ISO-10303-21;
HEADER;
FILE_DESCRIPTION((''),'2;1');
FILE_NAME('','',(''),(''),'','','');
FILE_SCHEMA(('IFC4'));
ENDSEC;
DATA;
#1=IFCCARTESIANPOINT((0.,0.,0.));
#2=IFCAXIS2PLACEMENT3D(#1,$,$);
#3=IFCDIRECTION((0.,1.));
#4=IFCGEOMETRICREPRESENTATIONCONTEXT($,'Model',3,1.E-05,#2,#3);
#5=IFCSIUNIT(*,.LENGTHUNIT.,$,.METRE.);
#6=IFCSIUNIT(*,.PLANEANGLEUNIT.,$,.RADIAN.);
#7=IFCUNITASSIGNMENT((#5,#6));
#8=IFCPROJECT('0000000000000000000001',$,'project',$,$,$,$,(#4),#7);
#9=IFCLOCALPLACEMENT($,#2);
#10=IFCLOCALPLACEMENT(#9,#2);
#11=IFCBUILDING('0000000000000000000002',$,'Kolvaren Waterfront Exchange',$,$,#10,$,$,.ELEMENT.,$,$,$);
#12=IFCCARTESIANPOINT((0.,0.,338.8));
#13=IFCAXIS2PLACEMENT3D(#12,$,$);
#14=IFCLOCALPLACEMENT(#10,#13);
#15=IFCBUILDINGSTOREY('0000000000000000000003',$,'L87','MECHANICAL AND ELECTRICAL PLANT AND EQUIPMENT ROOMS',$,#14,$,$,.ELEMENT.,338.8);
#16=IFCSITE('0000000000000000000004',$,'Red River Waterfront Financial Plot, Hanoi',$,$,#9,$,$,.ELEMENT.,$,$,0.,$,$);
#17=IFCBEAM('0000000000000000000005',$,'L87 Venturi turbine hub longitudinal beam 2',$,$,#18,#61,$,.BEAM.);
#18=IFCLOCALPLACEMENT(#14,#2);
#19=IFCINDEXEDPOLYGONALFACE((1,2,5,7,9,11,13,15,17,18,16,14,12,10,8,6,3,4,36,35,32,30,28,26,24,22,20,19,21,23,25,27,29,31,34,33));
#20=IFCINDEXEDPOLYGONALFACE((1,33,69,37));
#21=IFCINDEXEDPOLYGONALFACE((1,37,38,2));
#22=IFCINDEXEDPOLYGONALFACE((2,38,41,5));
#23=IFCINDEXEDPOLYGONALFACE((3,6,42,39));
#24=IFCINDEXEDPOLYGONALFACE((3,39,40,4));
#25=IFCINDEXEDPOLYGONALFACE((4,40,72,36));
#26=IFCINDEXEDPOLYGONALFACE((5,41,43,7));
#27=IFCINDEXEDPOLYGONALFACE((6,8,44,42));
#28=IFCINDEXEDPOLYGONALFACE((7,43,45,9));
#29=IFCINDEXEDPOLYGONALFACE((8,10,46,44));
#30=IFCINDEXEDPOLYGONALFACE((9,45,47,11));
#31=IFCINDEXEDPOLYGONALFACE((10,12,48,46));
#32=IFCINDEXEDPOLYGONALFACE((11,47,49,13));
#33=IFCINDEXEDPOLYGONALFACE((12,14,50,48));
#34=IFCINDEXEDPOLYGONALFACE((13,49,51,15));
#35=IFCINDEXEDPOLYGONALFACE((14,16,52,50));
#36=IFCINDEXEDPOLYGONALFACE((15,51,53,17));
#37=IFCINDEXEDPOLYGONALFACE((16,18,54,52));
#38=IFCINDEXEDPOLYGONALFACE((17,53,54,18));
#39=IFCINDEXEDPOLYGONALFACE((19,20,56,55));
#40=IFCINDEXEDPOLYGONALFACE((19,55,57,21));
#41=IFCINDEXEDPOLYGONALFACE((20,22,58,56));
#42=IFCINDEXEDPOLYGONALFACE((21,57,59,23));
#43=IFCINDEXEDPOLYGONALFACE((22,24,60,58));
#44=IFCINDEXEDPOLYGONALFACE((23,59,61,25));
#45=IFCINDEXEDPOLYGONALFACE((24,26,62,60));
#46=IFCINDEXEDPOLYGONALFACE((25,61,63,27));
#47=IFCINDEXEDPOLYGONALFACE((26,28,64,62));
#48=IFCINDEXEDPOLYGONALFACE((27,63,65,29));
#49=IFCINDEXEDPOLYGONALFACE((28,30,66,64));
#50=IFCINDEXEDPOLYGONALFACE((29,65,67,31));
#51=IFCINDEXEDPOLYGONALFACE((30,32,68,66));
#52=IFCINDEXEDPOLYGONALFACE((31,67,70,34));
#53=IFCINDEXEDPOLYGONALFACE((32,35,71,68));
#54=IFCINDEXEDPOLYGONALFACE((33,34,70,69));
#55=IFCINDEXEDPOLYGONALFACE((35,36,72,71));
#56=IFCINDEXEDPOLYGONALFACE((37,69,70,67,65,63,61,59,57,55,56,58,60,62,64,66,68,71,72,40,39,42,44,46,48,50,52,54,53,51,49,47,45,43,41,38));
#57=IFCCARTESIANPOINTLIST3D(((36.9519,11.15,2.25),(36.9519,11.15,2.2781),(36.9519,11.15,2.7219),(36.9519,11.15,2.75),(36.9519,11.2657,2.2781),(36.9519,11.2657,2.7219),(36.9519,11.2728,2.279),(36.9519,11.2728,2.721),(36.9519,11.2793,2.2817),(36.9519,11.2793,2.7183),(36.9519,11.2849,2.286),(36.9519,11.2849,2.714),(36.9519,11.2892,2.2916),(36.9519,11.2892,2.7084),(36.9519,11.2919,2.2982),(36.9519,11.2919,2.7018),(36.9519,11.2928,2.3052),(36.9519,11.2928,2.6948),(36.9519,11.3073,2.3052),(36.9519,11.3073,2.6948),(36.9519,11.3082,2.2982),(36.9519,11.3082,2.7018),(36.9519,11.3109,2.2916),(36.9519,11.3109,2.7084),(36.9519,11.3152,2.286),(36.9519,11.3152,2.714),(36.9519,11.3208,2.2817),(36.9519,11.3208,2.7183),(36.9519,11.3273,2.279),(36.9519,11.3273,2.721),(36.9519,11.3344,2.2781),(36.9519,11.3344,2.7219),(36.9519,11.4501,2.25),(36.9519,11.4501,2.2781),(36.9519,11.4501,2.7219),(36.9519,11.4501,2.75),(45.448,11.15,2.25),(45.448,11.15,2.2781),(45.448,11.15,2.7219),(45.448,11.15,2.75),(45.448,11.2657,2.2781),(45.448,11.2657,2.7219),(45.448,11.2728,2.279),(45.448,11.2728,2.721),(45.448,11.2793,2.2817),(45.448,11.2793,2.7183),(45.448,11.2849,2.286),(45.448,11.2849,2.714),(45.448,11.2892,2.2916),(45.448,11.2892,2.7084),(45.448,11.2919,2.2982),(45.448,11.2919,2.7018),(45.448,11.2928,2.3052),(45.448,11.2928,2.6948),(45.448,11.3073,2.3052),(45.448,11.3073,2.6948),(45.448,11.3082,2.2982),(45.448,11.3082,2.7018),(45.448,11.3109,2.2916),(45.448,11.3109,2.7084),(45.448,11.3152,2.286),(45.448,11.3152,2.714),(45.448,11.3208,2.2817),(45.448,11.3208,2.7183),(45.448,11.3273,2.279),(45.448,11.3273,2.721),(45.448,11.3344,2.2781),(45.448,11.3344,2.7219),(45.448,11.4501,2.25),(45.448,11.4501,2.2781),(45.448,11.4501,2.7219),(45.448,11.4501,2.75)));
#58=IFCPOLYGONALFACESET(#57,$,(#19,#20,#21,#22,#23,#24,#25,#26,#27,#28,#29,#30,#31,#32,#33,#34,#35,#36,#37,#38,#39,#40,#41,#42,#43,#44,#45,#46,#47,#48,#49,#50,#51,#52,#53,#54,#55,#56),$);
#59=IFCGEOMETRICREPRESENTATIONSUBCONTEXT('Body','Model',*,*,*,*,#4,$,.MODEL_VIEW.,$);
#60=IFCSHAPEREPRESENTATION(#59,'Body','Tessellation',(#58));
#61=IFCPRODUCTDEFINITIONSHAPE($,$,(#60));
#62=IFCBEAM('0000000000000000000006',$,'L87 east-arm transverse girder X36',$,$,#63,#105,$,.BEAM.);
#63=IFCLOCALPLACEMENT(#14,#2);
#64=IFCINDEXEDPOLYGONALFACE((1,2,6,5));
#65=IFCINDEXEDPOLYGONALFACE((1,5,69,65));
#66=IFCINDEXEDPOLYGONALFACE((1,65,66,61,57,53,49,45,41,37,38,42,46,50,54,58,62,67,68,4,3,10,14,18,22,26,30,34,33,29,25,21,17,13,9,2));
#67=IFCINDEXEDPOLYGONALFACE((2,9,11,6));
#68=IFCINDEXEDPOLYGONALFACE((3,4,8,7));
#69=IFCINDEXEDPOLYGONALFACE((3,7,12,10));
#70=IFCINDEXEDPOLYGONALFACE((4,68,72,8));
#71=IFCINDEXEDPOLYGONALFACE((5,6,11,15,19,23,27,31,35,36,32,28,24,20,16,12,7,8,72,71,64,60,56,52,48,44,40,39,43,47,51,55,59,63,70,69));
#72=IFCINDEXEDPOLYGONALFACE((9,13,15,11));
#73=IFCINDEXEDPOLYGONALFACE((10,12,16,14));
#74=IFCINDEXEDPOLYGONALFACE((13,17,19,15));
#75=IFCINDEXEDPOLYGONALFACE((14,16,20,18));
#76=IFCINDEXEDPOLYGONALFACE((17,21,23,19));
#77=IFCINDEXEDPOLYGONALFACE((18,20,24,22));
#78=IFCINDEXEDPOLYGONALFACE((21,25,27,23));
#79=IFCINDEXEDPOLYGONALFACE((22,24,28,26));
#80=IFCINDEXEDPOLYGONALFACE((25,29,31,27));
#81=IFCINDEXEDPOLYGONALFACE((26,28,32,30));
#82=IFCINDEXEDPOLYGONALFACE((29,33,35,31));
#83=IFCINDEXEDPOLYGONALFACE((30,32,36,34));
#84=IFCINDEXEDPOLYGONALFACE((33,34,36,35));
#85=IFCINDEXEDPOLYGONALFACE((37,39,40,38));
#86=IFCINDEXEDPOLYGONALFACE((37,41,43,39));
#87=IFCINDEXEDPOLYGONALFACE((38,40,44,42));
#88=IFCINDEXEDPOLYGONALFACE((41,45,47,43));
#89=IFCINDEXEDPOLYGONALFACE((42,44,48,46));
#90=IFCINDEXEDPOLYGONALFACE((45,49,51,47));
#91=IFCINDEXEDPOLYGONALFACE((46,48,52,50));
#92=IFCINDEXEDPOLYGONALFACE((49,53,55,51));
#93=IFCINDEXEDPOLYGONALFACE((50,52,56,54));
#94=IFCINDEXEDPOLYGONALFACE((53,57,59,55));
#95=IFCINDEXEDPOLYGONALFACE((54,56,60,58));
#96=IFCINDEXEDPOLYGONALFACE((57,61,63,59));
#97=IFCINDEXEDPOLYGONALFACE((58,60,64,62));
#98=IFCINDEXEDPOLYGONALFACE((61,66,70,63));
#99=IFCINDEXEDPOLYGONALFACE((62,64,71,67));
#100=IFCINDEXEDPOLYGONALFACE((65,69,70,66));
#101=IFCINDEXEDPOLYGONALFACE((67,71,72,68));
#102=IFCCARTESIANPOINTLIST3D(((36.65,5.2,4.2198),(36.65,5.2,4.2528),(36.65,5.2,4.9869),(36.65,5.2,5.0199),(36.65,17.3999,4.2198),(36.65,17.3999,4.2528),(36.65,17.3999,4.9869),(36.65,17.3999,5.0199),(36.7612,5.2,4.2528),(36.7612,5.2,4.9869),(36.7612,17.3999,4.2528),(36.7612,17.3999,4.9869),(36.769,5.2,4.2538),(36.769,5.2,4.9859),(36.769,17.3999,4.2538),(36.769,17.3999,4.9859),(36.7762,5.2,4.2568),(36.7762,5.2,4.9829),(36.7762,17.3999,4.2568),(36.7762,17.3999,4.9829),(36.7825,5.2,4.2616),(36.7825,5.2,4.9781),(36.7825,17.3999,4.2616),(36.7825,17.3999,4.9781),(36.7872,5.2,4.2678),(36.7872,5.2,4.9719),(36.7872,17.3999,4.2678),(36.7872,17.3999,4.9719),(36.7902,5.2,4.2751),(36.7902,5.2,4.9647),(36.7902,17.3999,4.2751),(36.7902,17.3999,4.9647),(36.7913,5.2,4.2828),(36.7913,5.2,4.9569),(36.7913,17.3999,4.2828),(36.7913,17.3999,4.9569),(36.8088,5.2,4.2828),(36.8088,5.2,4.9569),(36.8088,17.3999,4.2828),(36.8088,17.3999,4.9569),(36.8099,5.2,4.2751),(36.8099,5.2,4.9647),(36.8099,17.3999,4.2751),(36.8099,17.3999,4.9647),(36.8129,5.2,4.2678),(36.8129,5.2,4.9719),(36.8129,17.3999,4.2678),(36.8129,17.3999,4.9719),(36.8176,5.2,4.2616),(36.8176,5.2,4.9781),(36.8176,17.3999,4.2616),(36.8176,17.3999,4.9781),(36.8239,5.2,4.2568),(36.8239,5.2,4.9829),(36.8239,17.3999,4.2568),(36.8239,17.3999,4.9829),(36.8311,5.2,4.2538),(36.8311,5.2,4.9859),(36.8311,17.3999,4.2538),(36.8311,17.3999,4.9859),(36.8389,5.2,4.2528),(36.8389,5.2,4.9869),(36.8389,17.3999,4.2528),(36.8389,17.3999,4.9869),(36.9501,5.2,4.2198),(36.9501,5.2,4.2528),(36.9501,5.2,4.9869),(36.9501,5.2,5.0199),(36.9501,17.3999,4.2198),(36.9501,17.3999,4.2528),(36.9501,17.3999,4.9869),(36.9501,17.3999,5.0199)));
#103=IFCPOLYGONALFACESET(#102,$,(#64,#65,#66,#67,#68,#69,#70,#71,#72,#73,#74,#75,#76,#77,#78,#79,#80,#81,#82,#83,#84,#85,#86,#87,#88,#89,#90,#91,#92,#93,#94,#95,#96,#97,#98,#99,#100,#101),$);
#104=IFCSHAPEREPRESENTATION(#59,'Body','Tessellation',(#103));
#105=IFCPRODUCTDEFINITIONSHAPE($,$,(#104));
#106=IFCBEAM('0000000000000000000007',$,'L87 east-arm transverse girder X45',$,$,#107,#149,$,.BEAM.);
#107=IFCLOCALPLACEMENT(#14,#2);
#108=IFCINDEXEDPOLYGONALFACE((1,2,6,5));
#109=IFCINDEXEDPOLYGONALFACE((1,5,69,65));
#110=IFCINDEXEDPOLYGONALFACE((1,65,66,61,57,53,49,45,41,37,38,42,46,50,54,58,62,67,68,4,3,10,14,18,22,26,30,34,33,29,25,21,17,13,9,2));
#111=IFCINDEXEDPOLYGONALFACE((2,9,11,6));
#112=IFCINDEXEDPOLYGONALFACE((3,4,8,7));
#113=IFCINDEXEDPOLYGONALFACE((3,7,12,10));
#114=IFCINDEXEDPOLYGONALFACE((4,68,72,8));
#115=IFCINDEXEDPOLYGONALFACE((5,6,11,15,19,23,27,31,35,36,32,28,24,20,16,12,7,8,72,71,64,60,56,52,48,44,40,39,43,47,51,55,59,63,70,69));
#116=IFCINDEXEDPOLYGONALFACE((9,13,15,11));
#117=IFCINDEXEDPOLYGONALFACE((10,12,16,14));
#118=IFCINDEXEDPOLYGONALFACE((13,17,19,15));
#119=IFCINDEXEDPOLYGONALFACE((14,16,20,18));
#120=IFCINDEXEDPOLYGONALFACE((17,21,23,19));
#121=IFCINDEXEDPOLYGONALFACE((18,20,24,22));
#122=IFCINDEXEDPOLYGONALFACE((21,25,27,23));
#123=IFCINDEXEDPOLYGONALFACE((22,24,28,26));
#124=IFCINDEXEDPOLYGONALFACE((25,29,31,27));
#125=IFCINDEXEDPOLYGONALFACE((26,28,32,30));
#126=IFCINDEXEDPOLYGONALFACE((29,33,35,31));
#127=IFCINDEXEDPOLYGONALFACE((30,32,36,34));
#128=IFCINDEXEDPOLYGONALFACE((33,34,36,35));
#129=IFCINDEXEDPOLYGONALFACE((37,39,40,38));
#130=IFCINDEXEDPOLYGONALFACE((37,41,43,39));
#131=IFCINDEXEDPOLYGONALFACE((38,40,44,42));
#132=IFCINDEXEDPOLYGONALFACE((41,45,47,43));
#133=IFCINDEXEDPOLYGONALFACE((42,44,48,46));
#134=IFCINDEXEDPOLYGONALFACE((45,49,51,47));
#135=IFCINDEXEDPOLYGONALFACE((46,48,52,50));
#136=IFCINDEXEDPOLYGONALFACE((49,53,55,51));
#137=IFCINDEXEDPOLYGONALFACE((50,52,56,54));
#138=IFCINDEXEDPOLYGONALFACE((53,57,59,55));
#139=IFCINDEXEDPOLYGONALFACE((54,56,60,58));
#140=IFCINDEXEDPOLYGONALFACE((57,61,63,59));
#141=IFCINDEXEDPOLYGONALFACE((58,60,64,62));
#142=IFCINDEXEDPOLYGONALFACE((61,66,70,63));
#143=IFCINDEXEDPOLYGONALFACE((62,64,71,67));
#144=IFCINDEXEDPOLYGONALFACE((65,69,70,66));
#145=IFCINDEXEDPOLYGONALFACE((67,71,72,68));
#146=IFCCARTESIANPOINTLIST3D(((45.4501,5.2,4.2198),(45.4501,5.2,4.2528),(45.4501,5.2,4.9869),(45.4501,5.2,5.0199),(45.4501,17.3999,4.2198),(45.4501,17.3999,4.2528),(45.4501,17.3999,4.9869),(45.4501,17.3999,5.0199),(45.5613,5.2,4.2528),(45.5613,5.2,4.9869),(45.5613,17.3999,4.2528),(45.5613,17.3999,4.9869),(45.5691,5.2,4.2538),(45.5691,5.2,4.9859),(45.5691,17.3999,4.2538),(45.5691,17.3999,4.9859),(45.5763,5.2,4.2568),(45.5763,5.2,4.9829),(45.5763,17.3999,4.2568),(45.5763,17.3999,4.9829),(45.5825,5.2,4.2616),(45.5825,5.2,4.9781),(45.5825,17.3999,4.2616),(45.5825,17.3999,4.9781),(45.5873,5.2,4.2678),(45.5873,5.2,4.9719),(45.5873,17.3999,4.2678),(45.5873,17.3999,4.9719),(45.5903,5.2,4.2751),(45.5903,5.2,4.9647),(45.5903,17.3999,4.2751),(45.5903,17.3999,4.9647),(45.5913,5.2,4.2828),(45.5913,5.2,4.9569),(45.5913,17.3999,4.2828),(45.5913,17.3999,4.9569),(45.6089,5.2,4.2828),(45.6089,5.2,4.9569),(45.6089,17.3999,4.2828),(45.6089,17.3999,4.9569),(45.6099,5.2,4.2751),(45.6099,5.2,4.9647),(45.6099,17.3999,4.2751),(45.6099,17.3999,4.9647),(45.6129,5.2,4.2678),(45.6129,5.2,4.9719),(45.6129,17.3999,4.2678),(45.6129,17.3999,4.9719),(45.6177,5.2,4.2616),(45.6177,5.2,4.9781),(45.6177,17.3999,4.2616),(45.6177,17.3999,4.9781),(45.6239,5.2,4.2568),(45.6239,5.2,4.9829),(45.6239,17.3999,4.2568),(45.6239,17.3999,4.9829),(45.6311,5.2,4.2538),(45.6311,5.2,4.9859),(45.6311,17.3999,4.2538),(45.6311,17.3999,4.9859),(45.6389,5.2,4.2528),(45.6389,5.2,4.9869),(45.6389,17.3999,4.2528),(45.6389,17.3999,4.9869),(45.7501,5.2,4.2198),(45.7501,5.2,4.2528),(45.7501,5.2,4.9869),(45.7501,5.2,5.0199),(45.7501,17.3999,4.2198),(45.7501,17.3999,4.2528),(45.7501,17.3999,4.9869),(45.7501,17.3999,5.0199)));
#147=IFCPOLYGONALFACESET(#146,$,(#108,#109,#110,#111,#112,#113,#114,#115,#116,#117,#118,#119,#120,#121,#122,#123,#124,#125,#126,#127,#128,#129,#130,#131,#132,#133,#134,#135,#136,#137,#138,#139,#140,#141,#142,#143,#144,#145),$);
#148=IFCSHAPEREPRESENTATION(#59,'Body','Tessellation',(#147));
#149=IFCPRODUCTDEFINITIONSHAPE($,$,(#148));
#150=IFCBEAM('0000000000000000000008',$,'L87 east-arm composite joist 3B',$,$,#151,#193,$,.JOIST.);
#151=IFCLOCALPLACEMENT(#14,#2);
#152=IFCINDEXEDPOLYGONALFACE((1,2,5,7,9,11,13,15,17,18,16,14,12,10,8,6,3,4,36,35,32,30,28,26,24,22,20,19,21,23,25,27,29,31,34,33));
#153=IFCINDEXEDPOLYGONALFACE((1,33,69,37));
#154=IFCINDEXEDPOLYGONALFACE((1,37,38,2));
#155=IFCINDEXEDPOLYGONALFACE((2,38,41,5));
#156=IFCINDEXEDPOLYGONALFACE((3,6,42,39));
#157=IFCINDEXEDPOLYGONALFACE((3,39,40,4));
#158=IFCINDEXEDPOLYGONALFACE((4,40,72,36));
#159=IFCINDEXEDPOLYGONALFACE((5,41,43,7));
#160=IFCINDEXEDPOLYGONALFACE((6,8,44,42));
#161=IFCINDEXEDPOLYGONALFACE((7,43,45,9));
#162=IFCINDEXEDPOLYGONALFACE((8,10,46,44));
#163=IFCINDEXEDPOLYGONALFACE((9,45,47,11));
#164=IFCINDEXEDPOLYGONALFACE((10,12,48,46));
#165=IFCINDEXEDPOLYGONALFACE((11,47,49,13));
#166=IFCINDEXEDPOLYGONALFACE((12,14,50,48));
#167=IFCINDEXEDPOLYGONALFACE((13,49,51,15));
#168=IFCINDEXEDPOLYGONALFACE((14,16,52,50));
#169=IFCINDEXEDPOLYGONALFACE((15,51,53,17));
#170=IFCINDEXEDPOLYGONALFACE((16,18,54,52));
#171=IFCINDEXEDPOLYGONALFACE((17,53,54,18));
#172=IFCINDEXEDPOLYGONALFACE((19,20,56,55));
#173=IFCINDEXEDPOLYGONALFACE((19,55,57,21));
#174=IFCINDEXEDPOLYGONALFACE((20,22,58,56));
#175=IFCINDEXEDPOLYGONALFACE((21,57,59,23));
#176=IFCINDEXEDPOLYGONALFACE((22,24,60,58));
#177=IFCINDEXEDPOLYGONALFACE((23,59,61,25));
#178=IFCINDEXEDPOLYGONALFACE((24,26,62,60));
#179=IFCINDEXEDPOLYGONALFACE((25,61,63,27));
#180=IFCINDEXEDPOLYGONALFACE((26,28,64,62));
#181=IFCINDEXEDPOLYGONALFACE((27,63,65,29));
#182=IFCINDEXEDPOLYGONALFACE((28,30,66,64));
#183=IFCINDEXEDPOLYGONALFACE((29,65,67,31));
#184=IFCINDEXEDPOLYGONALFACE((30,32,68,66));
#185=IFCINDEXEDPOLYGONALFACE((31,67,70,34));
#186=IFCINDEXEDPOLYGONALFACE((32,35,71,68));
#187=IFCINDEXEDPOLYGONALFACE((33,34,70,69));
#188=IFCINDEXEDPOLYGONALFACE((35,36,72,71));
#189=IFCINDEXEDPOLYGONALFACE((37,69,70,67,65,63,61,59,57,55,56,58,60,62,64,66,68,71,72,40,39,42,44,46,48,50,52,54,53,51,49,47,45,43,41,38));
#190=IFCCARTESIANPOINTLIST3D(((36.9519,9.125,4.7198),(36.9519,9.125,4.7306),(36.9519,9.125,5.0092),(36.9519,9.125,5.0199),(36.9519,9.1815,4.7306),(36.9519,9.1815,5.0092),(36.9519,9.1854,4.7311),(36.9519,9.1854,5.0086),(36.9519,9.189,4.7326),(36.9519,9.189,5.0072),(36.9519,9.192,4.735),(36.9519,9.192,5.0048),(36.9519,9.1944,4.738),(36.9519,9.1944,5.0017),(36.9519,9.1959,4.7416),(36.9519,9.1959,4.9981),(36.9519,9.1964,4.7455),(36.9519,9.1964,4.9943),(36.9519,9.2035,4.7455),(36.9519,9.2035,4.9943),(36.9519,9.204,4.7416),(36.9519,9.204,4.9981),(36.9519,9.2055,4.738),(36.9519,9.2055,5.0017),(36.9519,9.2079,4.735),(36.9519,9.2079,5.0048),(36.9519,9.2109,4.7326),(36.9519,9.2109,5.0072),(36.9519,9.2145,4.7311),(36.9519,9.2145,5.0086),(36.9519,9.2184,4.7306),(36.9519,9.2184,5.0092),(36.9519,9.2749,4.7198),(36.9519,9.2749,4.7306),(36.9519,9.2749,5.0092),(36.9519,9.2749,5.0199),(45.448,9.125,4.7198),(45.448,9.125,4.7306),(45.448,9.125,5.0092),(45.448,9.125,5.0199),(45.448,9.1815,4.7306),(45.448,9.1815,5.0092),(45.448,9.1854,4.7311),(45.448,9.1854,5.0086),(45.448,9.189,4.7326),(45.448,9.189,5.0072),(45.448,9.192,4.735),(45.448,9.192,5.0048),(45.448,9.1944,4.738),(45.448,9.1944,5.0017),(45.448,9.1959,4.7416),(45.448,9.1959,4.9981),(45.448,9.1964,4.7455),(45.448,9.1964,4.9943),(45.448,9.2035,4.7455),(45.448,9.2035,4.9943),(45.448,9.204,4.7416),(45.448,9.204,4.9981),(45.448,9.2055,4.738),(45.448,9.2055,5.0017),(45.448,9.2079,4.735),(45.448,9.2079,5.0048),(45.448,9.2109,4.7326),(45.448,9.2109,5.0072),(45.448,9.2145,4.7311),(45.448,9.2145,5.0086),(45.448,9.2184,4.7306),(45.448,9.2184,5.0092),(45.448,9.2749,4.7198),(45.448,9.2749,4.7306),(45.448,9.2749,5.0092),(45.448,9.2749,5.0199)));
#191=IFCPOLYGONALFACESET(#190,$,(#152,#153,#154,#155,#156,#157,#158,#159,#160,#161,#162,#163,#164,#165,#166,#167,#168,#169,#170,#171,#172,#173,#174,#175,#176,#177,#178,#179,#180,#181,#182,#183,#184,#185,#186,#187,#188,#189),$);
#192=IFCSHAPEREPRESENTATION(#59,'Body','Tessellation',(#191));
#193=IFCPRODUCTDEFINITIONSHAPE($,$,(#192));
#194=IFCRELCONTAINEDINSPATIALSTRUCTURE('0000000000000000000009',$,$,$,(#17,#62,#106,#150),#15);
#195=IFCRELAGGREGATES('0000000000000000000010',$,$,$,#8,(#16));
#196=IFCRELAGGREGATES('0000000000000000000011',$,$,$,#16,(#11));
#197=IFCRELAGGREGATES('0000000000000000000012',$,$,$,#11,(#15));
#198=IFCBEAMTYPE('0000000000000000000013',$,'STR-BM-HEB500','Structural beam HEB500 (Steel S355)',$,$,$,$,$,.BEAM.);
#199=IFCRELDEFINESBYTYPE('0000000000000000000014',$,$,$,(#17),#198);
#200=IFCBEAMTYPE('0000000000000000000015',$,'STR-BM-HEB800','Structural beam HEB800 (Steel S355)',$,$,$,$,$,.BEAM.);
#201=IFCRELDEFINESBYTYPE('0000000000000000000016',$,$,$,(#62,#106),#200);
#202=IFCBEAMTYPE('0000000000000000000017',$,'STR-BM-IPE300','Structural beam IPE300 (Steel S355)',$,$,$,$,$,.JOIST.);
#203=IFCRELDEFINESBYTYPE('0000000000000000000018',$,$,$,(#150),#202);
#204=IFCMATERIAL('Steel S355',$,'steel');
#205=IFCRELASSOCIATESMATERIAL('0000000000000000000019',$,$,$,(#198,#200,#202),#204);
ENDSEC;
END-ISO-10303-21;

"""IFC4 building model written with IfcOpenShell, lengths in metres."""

from ifc_helpers import new_model, si_unit, direction, frame, origin, origin_2d, place, context, subcontext, project, spatial, i_section, extrude, material, material_profile, profile_set, type_object, element, save


model = new_model("IFC4")

# Units and contexts
model_context = context("Model", 3, precision=1e-05, world=origin(), true_north=direction((0.0, 1.0)))
body_context = subcontext(model_context, "Body", "Model", "MODEL_VIEW")
ifc_project = project(units=[si_unit("LENGTHUNIT", "METRE"), si_unit("PLANEANGLEUNIT", "RADIAN")], contexts=[model_context])

# Site, building, storey
site_placement = place(None, origin())
site = spatial("IfcSite", under=ifc_project, at=site_placement, Name="Red River Waterfront Financial Plot, Hanoi", CompositionType="ELEMENT", RefElevation=0.0)
building_placement = place(site_placement, origin())
building = spatial("IfcBuilding", under=site, at=building_placement, Name="Kolvaren Waterfront Exchange", CompositionType="ELEMENT")
storey_placement = place(building_placement, frame((0.0, 0.0, 338.8)))
storey = spatial("IfcBuildingStorey", under=building, at=storey_placement, Name="L87", Description="MECHANICAL AND ELECTRICAL PLANT AND EQUIPMENT ROOMS", CompositionType="ELEMENT", Elevation=338.8)

# Beams
ifc_material_1 = material(Name="Steel S355", Category="steel")
ifc_material_profile_1 = material_profile(ifc_material_1, i_section(OverallWidth=0.3, OverallDepth=0.5, WebThickness=0.0144, FlangeThickness=0.0281, FilletRadius=0.0271, at=origin_2d()), Name="HEB500")
ifc_profile_set_1 = profile_set([ifc_material_profile_1], Name="Steel S355")
beam_type_1 = type_object("IfcBeamType", Name="STR-BM-HEB500", Description="Structural beam HEB500 (Steel S355)", PredefinedType="BEAM", material=ifc_profile_set_1)
for number, where, z_axis, x_axis, name in (
    (1, (36.9519, 11.3, 2.5), (1.0, 0.0, 0.0), (0.0, 1.0, 0.0), "L87 Venturi turbine hub longitudinal beam 2"),
):
    element("IfcBeam", number, at=place(storey_placement, frame(where, z_axis=z_axis, x_axis=x_axis)), inside=storey, type_object=beam_type_1, Name=name, PredefinedType="BEAM", context=body_context, shape_type="SweptSolid", body=[
        extrude(i_section(OverallWidth=0.3, OverallDepth=0.5, WebThickness=0.0144, FlangeThickness=0.0281, FilletRadius=0.0271, at=origin_2d()), origin(), (0.0, 0.0, 1.0), 8.4961),
    ])
ifc_material_profile_2 = material_profile(ifc_material_1, i_section(OverallWidth=0.3, OverallDepth=0.8, WebThickness=0.0176, FlangeThickness=0.033, FilletRadius=0.03, at=origin_2d()), Name="HEB800")
ifc_profile_set_2 = profile_set([ifc_material_profile_2], Name="Steel S355")
beam_type_2 = type_object("IfcBeamType", Name="STR-BM-HEB800", Description="Structural beam HEB800 (Steel S355)", PredefinedType="BEAM", material=ifc_profile_set_2)
for number, where, z_axis, x_axis, name in (
    (2, (36.8, 5.2, 4.6199), (0.0, 1.0, 0.0), (-1.0, 0.0, 0.0), "L87 east-arm transverse girder X36"),
    (3, (45.6001, 5.2, 4.6199), (0.0, 1.0, 0.0), (-1.0, 0.0, 0.0), "L87 east-arm transverse girder X45"),
):
    element("IfcBeam", number, at=place(storey_placement, frame(where, z_axis=z_axis, x_axis=x_axis)), inside=storey, type_object=beam_type_2, Name=name, PredefinedType="BEAM", context=body_context, shape_type="SweptSolid", body=[
        extrude(i_section(OverallWidth=0.3, OverallDepth=0.8, WebThickness=0.0176, FlangeThickness=0.033, FilletRadius=0.03, at=origin_2d()), origin(), (0.0, 0.0, 1.0), 12.2),
    ])
ifc_material_profile_3 = material_profile(ifc_material_1, i_section(OverallWidth=0.1499, OverallDepth=0.3, WebThickness=0.0071, FlangeThickness=0.0107, FilletRadius=0.0149, at=origin_2d()), Name="IPE300")
ifc_profile_set_3 = profile_set([ifc_material_profile_3], Name="Steel S355")
beam_type_3 = type_object("IfcBeamType", Name="STR-BM-IPE300", Description="Structural beam IPE300 (Steel S355)", PredefinedType="JOIST", material=ifc_profile_set_3)
beam_1_placement = place(storey_placement, frame((36.9519, 9.2, 4.8699), z_axis=(1.0, 0.0, 0.0), x_axis=(0.0, 1.0, 0.0)))
element("IfcBeam", 4, at=beam_1_placement, inside=storey, type_object=beam_type_3, Name="L87 east-arm composite joist 3B", PredefinedType="JOIST", context=body_context, shape_type="SweptSolid", body=[
    extrude(i_section(OverallWidth=0.1499, OverallDepth=0.3, WebThickness=0.0071, FlangeThickness=0.0107, FilletRadius=0.0149, at=origin_2d()), origin(), (0.0, 0.0, 1.0), 8.4961),
])

save(model, "model.ifc")
